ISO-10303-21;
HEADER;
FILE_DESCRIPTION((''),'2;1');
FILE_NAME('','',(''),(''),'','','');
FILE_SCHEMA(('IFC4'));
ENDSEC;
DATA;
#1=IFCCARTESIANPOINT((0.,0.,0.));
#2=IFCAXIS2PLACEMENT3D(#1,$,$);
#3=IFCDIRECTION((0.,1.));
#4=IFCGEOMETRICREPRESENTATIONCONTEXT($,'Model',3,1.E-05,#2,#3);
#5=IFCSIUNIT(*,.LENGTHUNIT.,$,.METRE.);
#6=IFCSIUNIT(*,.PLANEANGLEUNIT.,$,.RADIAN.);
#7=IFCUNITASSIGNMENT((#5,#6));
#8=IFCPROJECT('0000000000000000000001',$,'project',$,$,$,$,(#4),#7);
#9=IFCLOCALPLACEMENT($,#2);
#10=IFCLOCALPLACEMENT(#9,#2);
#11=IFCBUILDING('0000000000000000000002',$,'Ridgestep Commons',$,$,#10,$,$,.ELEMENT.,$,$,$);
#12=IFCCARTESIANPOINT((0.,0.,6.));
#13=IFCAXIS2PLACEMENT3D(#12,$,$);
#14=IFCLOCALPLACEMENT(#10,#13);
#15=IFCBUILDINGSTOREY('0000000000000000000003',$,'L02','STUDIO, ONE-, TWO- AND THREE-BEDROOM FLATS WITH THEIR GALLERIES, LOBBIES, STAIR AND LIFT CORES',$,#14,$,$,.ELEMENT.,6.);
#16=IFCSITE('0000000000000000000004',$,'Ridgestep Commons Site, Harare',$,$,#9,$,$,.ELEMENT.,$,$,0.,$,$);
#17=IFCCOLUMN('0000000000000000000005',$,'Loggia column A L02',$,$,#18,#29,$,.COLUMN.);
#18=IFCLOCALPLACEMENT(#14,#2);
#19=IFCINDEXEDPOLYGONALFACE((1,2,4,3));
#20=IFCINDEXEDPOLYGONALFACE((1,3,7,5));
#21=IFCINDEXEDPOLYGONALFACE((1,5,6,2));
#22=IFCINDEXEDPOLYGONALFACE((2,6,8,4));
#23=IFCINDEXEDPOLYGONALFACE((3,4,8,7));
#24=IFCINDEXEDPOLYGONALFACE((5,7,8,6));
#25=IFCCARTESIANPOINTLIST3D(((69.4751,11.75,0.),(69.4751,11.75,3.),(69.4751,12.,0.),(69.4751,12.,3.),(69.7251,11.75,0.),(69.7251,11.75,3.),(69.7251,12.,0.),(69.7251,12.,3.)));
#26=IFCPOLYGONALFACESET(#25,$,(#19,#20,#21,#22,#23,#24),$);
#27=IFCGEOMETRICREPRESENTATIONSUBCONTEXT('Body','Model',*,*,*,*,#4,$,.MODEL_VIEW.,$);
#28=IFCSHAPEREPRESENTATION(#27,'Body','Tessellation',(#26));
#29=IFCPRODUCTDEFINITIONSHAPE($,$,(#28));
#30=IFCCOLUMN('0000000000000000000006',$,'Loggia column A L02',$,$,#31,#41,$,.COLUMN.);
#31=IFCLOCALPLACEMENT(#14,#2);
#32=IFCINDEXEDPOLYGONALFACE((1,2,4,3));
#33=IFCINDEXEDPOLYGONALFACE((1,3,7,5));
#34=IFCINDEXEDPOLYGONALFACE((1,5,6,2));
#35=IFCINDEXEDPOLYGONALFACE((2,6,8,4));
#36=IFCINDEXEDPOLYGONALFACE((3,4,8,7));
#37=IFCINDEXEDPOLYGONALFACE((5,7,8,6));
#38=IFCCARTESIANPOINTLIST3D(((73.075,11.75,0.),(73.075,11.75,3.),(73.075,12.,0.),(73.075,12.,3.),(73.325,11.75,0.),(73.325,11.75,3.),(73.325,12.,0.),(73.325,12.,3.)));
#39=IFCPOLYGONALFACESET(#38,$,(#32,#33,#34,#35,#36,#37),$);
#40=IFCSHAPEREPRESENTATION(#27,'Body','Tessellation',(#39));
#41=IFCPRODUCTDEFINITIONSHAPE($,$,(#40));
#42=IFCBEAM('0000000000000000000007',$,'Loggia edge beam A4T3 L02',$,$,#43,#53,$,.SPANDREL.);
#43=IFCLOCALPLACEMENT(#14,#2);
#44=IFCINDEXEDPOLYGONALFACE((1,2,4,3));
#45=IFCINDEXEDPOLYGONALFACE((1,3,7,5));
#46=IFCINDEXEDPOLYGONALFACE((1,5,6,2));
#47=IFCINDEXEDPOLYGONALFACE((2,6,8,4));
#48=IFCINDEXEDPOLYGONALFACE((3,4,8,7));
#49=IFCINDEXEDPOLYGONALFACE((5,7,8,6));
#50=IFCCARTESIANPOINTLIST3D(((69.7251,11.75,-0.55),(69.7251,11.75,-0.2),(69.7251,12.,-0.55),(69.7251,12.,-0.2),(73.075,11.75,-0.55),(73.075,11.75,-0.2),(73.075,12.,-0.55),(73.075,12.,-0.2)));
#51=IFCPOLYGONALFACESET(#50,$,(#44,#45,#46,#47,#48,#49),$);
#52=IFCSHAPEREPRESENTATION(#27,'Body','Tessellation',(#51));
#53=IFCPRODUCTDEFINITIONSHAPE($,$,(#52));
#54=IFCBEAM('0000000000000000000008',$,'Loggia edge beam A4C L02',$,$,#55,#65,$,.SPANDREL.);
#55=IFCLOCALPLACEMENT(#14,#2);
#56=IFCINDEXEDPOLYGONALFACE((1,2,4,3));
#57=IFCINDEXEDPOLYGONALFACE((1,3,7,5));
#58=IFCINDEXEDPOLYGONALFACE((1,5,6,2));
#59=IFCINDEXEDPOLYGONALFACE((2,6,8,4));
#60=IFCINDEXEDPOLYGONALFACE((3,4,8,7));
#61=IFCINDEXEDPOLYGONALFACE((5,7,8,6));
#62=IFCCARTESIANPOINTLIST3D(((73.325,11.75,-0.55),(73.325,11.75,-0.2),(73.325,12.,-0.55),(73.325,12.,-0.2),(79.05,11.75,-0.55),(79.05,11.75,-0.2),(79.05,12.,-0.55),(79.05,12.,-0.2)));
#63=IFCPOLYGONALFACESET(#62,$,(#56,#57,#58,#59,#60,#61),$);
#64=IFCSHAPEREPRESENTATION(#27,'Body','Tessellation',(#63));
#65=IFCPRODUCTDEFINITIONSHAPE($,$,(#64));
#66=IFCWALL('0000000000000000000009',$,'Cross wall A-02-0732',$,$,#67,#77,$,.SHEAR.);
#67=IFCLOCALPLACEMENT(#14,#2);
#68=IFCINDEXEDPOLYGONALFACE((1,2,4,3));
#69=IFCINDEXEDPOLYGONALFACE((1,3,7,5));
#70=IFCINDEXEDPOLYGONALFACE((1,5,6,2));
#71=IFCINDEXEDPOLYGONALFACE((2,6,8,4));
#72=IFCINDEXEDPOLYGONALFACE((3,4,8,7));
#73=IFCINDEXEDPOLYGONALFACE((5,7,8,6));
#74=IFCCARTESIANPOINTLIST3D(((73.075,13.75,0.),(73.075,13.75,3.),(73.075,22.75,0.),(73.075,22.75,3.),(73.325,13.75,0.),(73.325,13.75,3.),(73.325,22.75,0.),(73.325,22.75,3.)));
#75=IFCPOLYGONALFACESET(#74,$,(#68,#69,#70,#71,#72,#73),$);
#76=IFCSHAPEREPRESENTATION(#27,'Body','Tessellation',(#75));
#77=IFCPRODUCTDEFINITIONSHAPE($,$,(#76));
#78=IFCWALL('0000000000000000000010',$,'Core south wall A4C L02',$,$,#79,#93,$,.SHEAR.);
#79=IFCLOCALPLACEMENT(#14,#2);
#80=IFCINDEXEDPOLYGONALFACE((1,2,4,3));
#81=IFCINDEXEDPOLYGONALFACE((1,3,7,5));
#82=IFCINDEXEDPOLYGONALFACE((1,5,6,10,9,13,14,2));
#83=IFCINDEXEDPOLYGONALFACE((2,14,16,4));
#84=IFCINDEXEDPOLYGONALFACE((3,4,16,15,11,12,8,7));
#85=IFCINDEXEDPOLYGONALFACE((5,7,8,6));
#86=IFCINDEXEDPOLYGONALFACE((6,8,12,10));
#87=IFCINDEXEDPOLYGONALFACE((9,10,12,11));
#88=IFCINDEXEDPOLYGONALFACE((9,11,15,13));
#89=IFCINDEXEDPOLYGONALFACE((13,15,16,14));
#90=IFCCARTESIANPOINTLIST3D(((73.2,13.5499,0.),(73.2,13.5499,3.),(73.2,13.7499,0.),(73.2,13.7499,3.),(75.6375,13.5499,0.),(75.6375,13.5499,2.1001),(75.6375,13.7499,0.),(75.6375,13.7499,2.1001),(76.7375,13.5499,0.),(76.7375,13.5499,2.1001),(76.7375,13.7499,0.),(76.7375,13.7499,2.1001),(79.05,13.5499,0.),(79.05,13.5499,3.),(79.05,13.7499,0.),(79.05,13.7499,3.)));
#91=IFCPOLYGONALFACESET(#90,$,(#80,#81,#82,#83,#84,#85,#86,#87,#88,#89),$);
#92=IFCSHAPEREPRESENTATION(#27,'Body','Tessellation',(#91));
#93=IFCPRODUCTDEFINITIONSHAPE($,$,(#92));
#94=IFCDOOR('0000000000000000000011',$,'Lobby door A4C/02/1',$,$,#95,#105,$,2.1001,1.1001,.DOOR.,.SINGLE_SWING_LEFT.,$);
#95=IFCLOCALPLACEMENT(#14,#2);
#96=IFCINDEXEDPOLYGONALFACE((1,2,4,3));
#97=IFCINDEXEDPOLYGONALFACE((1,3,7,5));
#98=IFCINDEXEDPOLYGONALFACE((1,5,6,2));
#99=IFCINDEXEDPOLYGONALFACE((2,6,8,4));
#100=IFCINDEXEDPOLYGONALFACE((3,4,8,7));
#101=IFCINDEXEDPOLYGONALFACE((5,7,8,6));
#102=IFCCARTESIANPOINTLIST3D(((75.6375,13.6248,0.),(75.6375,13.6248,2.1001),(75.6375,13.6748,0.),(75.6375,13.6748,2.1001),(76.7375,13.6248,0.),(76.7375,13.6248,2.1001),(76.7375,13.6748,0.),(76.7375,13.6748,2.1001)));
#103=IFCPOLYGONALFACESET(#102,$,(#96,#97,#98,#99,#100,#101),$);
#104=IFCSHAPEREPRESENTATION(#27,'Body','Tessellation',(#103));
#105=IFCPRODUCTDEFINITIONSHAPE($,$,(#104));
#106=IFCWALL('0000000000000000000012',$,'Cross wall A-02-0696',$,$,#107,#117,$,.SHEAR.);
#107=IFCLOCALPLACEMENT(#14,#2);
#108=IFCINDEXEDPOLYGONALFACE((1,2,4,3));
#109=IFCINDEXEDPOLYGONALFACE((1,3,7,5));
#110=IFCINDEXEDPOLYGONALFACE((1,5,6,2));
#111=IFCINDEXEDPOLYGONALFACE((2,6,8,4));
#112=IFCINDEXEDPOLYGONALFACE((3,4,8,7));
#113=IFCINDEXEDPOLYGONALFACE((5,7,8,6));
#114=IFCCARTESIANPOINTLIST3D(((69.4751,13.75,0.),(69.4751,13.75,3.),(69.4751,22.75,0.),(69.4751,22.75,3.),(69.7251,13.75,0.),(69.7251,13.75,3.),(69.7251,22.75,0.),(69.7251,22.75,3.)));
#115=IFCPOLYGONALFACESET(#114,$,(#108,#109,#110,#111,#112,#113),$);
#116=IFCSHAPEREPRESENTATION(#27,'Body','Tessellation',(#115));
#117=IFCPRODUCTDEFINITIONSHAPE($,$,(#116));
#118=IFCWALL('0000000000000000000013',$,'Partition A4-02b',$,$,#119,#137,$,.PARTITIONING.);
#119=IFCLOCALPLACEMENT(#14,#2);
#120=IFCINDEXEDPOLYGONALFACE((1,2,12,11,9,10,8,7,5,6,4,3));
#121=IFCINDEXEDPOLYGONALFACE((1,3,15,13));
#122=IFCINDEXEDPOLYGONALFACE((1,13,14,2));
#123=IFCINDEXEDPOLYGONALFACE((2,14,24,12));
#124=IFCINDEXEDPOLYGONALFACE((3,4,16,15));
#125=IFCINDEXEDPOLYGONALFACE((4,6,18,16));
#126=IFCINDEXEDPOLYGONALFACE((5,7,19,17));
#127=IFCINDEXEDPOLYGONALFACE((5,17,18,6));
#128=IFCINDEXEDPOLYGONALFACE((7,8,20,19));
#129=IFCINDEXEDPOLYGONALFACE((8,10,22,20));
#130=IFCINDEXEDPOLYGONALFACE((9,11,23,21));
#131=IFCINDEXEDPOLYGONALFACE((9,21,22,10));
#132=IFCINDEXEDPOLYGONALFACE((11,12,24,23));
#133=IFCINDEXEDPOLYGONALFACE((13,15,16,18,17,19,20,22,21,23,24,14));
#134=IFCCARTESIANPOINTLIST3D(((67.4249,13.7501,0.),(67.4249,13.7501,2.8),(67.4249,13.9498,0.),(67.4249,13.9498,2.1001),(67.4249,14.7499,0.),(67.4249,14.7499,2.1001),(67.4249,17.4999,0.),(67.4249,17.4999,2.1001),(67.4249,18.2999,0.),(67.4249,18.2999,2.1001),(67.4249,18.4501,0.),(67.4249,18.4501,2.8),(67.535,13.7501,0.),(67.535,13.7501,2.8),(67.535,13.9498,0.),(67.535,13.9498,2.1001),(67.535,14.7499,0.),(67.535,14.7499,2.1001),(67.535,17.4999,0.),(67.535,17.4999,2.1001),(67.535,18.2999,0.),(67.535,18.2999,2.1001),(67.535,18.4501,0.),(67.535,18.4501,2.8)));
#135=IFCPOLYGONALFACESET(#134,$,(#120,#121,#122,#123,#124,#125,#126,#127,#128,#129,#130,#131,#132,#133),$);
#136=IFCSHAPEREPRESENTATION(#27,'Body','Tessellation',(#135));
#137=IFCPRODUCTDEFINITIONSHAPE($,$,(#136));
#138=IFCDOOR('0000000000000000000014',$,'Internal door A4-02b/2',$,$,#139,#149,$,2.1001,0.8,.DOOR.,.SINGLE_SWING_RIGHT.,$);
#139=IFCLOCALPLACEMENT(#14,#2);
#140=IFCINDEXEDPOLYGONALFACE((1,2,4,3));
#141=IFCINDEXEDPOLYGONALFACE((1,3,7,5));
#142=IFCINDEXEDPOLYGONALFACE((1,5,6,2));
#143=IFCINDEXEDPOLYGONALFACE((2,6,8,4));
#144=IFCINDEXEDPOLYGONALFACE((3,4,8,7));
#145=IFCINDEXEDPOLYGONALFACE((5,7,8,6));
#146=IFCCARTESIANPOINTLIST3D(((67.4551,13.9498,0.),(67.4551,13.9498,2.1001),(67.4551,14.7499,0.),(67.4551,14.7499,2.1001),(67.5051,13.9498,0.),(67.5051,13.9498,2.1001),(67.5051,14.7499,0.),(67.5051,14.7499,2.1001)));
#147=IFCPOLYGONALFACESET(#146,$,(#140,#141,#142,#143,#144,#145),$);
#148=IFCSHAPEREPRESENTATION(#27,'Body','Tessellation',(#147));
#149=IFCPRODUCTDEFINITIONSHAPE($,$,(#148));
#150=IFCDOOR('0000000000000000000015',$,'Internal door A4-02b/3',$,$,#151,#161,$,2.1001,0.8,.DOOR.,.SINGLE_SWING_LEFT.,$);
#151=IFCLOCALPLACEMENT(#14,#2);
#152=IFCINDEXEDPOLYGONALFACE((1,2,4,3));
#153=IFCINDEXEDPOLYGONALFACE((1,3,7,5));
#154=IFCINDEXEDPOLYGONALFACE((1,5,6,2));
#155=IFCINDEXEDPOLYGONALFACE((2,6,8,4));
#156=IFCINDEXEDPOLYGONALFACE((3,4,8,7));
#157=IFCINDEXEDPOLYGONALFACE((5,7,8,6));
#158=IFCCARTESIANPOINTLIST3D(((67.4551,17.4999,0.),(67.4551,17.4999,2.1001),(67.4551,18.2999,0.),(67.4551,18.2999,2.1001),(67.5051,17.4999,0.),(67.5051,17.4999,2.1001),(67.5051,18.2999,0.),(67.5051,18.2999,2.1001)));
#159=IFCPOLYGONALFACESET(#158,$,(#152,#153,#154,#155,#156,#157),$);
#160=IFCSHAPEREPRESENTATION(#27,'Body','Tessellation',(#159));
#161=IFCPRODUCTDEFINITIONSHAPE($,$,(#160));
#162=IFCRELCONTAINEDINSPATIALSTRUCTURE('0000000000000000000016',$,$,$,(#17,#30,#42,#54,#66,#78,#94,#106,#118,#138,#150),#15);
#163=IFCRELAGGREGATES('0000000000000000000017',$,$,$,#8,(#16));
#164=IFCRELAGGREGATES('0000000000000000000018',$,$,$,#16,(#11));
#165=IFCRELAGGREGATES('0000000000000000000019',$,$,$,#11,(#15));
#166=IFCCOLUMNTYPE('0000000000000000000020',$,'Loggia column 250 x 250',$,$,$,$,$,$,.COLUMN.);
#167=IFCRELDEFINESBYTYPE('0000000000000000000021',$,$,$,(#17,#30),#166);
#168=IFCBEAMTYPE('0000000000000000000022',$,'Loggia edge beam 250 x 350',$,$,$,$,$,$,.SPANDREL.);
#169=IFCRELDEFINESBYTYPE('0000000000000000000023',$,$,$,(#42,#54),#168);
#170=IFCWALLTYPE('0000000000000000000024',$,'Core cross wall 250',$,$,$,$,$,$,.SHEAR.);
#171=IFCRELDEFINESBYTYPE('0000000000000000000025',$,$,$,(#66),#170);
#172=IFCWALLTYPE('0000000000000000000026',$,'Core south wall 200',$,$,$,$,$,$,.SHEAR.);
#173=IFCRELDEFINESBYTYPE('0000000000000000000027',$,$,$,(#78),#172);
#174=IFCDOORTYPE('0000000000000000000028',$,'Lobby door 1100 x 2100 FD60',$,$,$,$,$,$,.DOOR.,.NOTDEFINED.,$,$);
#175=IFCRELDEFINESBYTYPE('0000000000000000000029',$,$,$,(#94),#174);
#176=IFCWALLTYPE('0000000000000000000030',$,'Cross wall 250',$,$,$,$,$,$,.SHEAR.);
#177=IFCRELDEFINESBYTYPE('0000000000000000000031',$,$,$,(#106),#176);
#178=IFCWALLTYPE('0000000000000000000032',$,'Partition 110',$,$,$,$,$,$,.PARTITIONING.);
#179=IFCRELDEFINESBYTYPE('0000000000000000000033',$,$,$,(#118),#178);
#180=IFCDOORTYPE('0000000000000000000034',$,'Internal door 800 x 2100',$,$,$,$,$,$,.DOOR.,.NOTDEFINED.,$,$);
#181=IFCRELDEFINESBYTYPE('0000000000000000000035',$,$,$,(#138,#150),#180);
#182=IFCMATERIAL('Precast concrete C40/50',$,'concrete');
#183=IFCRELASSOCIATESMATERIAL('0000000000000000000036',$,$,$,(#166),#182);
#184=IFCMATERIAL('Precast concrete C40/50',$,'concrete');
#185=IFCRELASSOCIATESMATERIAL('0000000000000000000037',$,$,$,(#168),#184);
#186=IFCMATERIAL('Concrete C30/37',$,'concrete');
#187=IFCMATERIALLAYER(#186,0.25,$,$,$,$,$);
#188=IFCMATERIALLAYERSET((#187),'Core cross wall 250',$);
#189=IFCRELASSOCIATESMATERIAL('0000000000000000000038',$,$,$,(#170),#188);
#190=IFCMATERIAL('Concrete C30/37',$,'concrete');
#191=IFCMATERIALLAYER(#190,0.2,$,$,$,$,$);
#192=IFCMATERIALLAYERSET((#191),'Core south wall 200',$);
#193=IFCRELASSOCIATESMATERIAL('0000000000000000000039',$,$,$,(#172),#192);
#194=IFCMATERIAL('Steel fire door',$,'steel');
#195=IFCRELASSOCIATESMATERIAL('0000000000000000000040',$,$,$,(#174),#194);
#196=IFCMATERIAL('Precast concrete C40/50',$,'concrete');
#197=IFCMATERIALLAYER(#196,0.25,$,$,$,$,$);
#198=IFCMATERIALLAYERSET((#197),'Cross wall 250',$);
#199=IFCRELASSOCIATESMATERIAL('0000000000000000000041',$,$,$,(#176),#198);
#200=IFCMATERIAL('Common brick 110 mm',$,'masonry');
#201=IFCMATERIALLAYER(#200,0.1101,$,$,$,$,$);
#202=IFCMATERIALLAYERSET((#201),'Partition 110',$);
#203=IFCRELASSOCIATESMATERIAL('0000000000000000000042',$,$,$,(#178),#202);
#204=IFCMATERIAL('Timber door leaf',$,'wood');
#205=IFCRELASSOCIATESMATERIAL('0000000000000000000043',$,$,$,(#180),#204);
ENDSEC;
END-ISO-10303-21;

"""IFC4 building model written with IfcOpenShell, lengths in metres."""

from ifc_helpers import new_model, si_unit, direction, frame, frame_2d, origin, origin_2d, place, context, subcontext, project, spatial, rectangle, extrude, material, layer, layer_set, material_profile, profile_set, type_object, element, fill, save


model = new_model("IFC4")

# Units and contexts
model_context = context("Model", 3, precision=1e-05, world=origin(), true_north=direction((0.0, 1.0)))
body_context = subcontext(model_context, "Body", "Model", "MODEL_VIEW")
ifc_project = project(units=[si_unit("LENGTHUNIT", "METRE"), si_unit("PLANEANGLEUNIT", "RADIAN")], contexts=[model_context])

# Site, building, storey
site_placement = place(None, origin())
site = spatial("IfcSite", under=ifc_project, at=site_placement, Name="Ridgestep Commons Site, Harare", CompositionType="ELEMENT", RefElevation=0.0)
building_placement = place(site_placement, origin())
building = spatial("IfcBuilding", under=site, at=building_placement, Name="Ridgestep Commons", CompositionType="ELEMENT")
storey_placement = place(building_placement, frame((0.0, 0.0, 6.0)))
storey = spatial("IfcBuildingStorey", under=building, at=storey_placement, Name="L02", Description="STUDIO, ONE-, TWO- AND THREE-BEDROOM FLATS WITH THEIR GALLERIES, LOBBIES, STAIR AND LIFT CORES", CompositionType="ELEMENT", Elevation=6.0)

# Columns
ifc_material_1 = material(Name="Precast concrete C40/50", Category="concrete")
ifc_material_profile_1 = material_profile(ifc_material_1, rectangle(XDim=0.25, YDim=0.25, at=origin_2d()), Name="PC 250x250")
ifc_profile_set_1 = profile_set([ifc_material_profile_1], Name="Precast concrete C40/50")
column_type = type_object("IfcColumnType", Name="Loggia column 250 x 250", PredefinedType="COLUMN", material=ifc_profile_set_1)
for number, where, z_axis, x_axis, name in (
    (1, (69.6001, 11.875, 0.0), (0.0, 0.0, 1.0), (1.0, 0.0, 0.0), "Loggia column A L02"),
    (2, (73.2, 11.875, 0.0), (0.0, 0.0, 1.0), (1.0, 0.0, 0.0), "Loggia column A L02"),
):
    element("IfcColumn", number, at=place(storey_placement, frame(where, z_axis=z_axis, x_axis=x_axis)), inside=storey, type_object=column_type, Name=name, PredefinedType="COLUMN", context=body_context, shape_type="SweptSolid", body=[
        extrude(rectangle(XDim=0.25, YDim=0.25, at=origin_2d()), origin(), (0.0, 0.0, 1.0), 3.0),
    ])

# Beams
ifc_material_2 = material(Name="Precast concrete C40/50", Category="concrete")
ifc_material_profile_2 = material_profile(ifc_material_2, rectangle(XDim=0.25, YDim=0.3501, at=origin_2d()), Name="PC 250x350")
ifc_profile_set_2 = profile_set([ifc_material_profile_2], Name="Precast concrete C40/50")
beam_type = type_object("IfcBeamType", Name="Loggia edge beam 250 x 350", PredefinedType="SPANDREL", material=ifc_profile_set_2)
beam_1_placement = place(storey_placement, frame((69.7251, 11.875, -0.375), z_axis=(1.0, 0.0, 0.0), x_axis=(0.0, 1.0, 0.0)))
element("IfcBeam", 3, at=beam_1_placement, inside=storey, type_object=beam_type, Name="Loggia edge beam A4T3 L02", PredefinedType="SPANDREL", context=body_context, shape_type="SweptSolid", body=[
    extrude(rectangle(XDim=0.25, YDim=0.3501, at=origin_2d()), origin(), (0.0, 0.0, 1.0), 3.3499),
])
beam_2_placement = place(storey_placement, frame((73.325, 11.875, -0.375), z_axis=(1.0, 0.0, 0.0), x_axis=(0.0, 1.0, 0.0)))
element("IfcBeam", 4, at=beam_2_placement, inside=storey, type_object=beam_type, Name="Loggia edge beam A4C L02", PredefinedType="SPANDREL", context=body_context, shape_type="SweptSolid", body=[
    extrude(rectangle(XDim=0.25, YDim=0.3501, at=origin_2d()), origin(), (0.0, 0.0, 1.0), 5.7251),
])

# Wall
ifc_material_3 = material(Name="Concrete C30/37", Category="concrete")
ifc_layer_1 = layer(ifc_material_3, 0.25)
ifc_layer_set_1 = layer_set([ifc_layer_1], Name="Core cross wall 250")
wall_type_1 = type_object("IfcWallType", Name="Core cross wall 250", PredefinedType="SHEAR", material=ifc_layer_set_1)
wall_1_placement = place(storey_placement, frame((73.2, 13.75, 0.0), z_axis=(0.0, 0.0, 1.0), x_axis=(0.0, 1.0, 0.0)))
element("IfcWall", 5, at=wall_1_placement, inside=storey, type_object=wall_type_1, Name="Cross wall A-02-0732", PredefinedType="SHEAR", context=body_context, shape_type="SweptSolid", body=[
    extrude(rectangle(XDim=9.0, YDim=0.25, at=frame_2d((4.5, 0.0))), origin(), (0.0, 0.0, 1.0), 3.0),
])

# Wall, opening, door
ifc_material_4 = material(Name="Concrete C30/37", Category="concrete")
ifc_layer_2 = layer(ifc_material_4, 0.2)
ifc_layer_set_2 = layer_set([ifc_layer_2], Name="Core south wall 200")
wall_type_2 = type_object("IfcWallType", Name="Core south wall 200", PredefinedType="SHEAR", material=ifc_layer_set_2)
wall_2_placement = place(storey_placement, frame((73.2, 13.6499, 0.0), z_axis=(0.0, 0.0, 1.0), x_axis=(1.0, 0.0, 0.0)))
wall_2 = element("IfcWall", 6, at=wall_2_placement, inside=storey, type_object=wall_type_2, Name="Core south wall A4C L02", PredefinedType="SHEAR", context=body_context, shape_type="SweptSolid", body=[
    extrude(rectangle(XDim=5.8501, YDim=0.2, at=frame_2d((2.925, 0.0))), origin(), (0.0, 0.0, 1.0), 3.0),
])
opening_1_placement = place(wall_2_placement, frame((2.4375, 0.0, 0.0)))
opening_1 = element("IfcOpeningElement", 7, at=opening_1_placement, cuts=wall_2, PredefinedType="OPENING", context=body_context, shape_type="SweptSolid", body=[
    extrude(rectangle(XDim=1.1001, YDim=2.1001, at=frame_2d((0.55, 1.05))), frame((0.0, 0.1099, 0.0), z_axis=(0.0, -1.0, 0.0), x_axis=(1.0, 0.0, 0.0)), (0.0, 0.0, 1.0), 0.22),
])
ifc_material_5 = material(Name="Steel fire door", Category="steel")
door_type_1 = type_object("IfcDoorType", Name="Lobby door 1100 x 2100 FD60", OperationType="NOTDEFINED", PredefinedType="DOOR", material=ifc_material_5)
door_1_placement = place(opening_1_placement, origin())
door_1 = element("IfcDoor", 8, at=door_1_placement, inside=storey, type_object=door_type_1, Name="Lobby door A4C/02/1", OperationType="SINGLE_SWING_LEFT", OverallHeight=2.1001, OverallWidth=1.1001, PredefinedType="DOOR", context=body_context, shape_type="SweptSolid", body=[
    extrude(rectangle(XDim=1.1001, YDim=2.1001, at=frame_2d((0.55, 1.05))), frame((0.0, 0.0249, 0.0), z_axis=(0.0, -1.0, 0.0), x_axis=(1.0, 0.0, 0.0)), (0.0, 0.0, 1.0), 0.05),
])
fill(opening_1, door_1)

# Wall
ifc_material_6 = material(Name="Precast concrete C40/50", Category="concrete")
ifc_layer_3 = layer(ifc_material_6, 0.25)
ifc_layer_set_3 = layer_set([ifc_layer_3], Name="Cross wall 250")
wall_type_3 = type_object("IfcWallType", Name="Cross wall 250", PredefinedType="SHEAR", material=ifc_layer_set_3)
wall_3_placement = place(storey_placement, frame((69.6001, 13.75, 0.0), z_axis=(0.0, 0.0, 1.0), x_axis=(0.0, 1.0, 0.0)))
element("IfcWall", 9, at=wall_3_placement, inside=storey, type_object=wall_type_3, Name="Cross wall A-02-0696", PredefinedType="SHEAR", context=body_context, shape_type="SweptSolid", body=[
    extrude(rectangle(XDim=9.0, YDim=0.25, at=frame_2d((4.5, 0.0))), origin(), (0.0, 0.0, 1.0), 3.0),
])

# Wall, openings, doors
ifc_material_7 = material(Name="Common brick 110 mm", Category="masonry")
ifc_layer_4 = layer(ifc_material_7, 0.1101)
ifc_layer_set_4 = layer_set([ifc_layer_4], Name="Partition 110")
wall_type_4 = type_object("IfcWallType", Name="Partition 110", PredefinedType="PARTITIONING", material=ifc_layer_set_4)
wall_4_placement = place(storey_placement, frame((67.48, 13.75, 0.0), z_axis=(0.0, 0.0, 1.0), x_axis=(0.0, 1.0, 0.0)))
wall_4 = element("IfcWall", 10, at=wall_4_placement, inside=storey, type_object=wall_type_4, Name="Partition A4-02b", PredefinedType="PARTITIONING", context=body_context, shape_type="SweptSolid", body=[
    extrude(rectangle(XDim=4.7, YDim=0.1101, at=frame_2d((2.3501, 0.0))), origin(), (0.0, 0.0, 1.0), 2.8),
])
opening_2_placement = place(wall_4_placement, frame((0.2, 0.0, 0.0)))
opening_2 = element("IfcOpeningElement", 11, at=opening_2_placement, cuts=wall_4, PredefinedType="OPENING", context=body_context, shape_type="SweptSolid", body=[
    extrude(rectangle(XDim=0.8, YDim=2.1001, at=frame_2d((0.3999, 1.05))), frame((0.0, 0.0649, 0.0), z_axis=(0.0, -1.0, 0.0), x_axis=(1.0, 0.0, 0.0)), (0.0, 0.0, 1.0), 0.1301),
])
opening_3_placement = place(wall_4_placement, frame((3.75, 0.0, 0.0)))
opening_3 = element("IfcOpeningElement", 12, at=opening_3_placement, cuts=wall_4, PredefinedType="OPENING", context=body_context, shape_type="SweptSolid", body=[
    extrude(rectangle(XDim=0.8, YDim=2.1001, at=frame_2d((0.3999, 1.05))), frame((0.0, 0.0649, 0.0), z_axis=(0.0, -1.0, 0.0), x_axis=(1.0, 0.0, 0.0)), (0.0, 0.0, 1.0), 0.1301),
])
ifc_material_8 = material(Name="Timber door leaf", Category="wood")
door_type_2 = type_object("IfcDoorType", Name="Internal door 800 x 2100", OperationType="NOTDEFINED", PredefinedType="DOOR", material=ifc_material_8)
door_2_placement = place(opening_2_placement, origin())
door_2 = element("IfcDoor", 13, at=door_2_placement, inside=storey, type_object=door_type_2, Name="Internal door A4-02b/2", OperationType="SINGLE_SWING_RIGHT", OverallHeight=2.1001, OverallWidth=0.8, PredefinedType="DOOR", context=body_context, shape_type="SweptSolid", body=[
    extrude(rectangle(XDim=0.8, YDim=2.1001, at=frame_2d((0.3999, 1.05))), frame((0.0, 0.0249, 0.0), z_axis=(0.0, -1.0, 0.0), x_axis=(1.0, 0.0, 0.0)), (0.0, 0.0, 1.0), 0.05),
])
fill(opening_2, door_2)
door_3_placement = place(opening_3_placement, origin())
door_3 = element("IfcDoor", 14, at=door_3_placement, inside=storey, type_object=door_type_2, Name="Internal door A4-02b/3", OperationType="SINGLE_SWING_LEFT", OverallHeight=2.1001, OverallWidth=0.8, PredefinedType="DOOR", context=body_context, shape_type="SweptSolid", body=[
    extrude(rectangle(XDim=0.8, YDim=2.1001, at=frame_2d((0.3999, 1.05))), frame((0.0, 0.0249, 0.0), z_axis=(0.0, -1.0, 0.0), x_axis=(1.0, 0.0, 0.0)), (0.0, 0.0, 1.0), 0.05),
])
fill(opening_3, door_3)

save(model, "model.ifc")
